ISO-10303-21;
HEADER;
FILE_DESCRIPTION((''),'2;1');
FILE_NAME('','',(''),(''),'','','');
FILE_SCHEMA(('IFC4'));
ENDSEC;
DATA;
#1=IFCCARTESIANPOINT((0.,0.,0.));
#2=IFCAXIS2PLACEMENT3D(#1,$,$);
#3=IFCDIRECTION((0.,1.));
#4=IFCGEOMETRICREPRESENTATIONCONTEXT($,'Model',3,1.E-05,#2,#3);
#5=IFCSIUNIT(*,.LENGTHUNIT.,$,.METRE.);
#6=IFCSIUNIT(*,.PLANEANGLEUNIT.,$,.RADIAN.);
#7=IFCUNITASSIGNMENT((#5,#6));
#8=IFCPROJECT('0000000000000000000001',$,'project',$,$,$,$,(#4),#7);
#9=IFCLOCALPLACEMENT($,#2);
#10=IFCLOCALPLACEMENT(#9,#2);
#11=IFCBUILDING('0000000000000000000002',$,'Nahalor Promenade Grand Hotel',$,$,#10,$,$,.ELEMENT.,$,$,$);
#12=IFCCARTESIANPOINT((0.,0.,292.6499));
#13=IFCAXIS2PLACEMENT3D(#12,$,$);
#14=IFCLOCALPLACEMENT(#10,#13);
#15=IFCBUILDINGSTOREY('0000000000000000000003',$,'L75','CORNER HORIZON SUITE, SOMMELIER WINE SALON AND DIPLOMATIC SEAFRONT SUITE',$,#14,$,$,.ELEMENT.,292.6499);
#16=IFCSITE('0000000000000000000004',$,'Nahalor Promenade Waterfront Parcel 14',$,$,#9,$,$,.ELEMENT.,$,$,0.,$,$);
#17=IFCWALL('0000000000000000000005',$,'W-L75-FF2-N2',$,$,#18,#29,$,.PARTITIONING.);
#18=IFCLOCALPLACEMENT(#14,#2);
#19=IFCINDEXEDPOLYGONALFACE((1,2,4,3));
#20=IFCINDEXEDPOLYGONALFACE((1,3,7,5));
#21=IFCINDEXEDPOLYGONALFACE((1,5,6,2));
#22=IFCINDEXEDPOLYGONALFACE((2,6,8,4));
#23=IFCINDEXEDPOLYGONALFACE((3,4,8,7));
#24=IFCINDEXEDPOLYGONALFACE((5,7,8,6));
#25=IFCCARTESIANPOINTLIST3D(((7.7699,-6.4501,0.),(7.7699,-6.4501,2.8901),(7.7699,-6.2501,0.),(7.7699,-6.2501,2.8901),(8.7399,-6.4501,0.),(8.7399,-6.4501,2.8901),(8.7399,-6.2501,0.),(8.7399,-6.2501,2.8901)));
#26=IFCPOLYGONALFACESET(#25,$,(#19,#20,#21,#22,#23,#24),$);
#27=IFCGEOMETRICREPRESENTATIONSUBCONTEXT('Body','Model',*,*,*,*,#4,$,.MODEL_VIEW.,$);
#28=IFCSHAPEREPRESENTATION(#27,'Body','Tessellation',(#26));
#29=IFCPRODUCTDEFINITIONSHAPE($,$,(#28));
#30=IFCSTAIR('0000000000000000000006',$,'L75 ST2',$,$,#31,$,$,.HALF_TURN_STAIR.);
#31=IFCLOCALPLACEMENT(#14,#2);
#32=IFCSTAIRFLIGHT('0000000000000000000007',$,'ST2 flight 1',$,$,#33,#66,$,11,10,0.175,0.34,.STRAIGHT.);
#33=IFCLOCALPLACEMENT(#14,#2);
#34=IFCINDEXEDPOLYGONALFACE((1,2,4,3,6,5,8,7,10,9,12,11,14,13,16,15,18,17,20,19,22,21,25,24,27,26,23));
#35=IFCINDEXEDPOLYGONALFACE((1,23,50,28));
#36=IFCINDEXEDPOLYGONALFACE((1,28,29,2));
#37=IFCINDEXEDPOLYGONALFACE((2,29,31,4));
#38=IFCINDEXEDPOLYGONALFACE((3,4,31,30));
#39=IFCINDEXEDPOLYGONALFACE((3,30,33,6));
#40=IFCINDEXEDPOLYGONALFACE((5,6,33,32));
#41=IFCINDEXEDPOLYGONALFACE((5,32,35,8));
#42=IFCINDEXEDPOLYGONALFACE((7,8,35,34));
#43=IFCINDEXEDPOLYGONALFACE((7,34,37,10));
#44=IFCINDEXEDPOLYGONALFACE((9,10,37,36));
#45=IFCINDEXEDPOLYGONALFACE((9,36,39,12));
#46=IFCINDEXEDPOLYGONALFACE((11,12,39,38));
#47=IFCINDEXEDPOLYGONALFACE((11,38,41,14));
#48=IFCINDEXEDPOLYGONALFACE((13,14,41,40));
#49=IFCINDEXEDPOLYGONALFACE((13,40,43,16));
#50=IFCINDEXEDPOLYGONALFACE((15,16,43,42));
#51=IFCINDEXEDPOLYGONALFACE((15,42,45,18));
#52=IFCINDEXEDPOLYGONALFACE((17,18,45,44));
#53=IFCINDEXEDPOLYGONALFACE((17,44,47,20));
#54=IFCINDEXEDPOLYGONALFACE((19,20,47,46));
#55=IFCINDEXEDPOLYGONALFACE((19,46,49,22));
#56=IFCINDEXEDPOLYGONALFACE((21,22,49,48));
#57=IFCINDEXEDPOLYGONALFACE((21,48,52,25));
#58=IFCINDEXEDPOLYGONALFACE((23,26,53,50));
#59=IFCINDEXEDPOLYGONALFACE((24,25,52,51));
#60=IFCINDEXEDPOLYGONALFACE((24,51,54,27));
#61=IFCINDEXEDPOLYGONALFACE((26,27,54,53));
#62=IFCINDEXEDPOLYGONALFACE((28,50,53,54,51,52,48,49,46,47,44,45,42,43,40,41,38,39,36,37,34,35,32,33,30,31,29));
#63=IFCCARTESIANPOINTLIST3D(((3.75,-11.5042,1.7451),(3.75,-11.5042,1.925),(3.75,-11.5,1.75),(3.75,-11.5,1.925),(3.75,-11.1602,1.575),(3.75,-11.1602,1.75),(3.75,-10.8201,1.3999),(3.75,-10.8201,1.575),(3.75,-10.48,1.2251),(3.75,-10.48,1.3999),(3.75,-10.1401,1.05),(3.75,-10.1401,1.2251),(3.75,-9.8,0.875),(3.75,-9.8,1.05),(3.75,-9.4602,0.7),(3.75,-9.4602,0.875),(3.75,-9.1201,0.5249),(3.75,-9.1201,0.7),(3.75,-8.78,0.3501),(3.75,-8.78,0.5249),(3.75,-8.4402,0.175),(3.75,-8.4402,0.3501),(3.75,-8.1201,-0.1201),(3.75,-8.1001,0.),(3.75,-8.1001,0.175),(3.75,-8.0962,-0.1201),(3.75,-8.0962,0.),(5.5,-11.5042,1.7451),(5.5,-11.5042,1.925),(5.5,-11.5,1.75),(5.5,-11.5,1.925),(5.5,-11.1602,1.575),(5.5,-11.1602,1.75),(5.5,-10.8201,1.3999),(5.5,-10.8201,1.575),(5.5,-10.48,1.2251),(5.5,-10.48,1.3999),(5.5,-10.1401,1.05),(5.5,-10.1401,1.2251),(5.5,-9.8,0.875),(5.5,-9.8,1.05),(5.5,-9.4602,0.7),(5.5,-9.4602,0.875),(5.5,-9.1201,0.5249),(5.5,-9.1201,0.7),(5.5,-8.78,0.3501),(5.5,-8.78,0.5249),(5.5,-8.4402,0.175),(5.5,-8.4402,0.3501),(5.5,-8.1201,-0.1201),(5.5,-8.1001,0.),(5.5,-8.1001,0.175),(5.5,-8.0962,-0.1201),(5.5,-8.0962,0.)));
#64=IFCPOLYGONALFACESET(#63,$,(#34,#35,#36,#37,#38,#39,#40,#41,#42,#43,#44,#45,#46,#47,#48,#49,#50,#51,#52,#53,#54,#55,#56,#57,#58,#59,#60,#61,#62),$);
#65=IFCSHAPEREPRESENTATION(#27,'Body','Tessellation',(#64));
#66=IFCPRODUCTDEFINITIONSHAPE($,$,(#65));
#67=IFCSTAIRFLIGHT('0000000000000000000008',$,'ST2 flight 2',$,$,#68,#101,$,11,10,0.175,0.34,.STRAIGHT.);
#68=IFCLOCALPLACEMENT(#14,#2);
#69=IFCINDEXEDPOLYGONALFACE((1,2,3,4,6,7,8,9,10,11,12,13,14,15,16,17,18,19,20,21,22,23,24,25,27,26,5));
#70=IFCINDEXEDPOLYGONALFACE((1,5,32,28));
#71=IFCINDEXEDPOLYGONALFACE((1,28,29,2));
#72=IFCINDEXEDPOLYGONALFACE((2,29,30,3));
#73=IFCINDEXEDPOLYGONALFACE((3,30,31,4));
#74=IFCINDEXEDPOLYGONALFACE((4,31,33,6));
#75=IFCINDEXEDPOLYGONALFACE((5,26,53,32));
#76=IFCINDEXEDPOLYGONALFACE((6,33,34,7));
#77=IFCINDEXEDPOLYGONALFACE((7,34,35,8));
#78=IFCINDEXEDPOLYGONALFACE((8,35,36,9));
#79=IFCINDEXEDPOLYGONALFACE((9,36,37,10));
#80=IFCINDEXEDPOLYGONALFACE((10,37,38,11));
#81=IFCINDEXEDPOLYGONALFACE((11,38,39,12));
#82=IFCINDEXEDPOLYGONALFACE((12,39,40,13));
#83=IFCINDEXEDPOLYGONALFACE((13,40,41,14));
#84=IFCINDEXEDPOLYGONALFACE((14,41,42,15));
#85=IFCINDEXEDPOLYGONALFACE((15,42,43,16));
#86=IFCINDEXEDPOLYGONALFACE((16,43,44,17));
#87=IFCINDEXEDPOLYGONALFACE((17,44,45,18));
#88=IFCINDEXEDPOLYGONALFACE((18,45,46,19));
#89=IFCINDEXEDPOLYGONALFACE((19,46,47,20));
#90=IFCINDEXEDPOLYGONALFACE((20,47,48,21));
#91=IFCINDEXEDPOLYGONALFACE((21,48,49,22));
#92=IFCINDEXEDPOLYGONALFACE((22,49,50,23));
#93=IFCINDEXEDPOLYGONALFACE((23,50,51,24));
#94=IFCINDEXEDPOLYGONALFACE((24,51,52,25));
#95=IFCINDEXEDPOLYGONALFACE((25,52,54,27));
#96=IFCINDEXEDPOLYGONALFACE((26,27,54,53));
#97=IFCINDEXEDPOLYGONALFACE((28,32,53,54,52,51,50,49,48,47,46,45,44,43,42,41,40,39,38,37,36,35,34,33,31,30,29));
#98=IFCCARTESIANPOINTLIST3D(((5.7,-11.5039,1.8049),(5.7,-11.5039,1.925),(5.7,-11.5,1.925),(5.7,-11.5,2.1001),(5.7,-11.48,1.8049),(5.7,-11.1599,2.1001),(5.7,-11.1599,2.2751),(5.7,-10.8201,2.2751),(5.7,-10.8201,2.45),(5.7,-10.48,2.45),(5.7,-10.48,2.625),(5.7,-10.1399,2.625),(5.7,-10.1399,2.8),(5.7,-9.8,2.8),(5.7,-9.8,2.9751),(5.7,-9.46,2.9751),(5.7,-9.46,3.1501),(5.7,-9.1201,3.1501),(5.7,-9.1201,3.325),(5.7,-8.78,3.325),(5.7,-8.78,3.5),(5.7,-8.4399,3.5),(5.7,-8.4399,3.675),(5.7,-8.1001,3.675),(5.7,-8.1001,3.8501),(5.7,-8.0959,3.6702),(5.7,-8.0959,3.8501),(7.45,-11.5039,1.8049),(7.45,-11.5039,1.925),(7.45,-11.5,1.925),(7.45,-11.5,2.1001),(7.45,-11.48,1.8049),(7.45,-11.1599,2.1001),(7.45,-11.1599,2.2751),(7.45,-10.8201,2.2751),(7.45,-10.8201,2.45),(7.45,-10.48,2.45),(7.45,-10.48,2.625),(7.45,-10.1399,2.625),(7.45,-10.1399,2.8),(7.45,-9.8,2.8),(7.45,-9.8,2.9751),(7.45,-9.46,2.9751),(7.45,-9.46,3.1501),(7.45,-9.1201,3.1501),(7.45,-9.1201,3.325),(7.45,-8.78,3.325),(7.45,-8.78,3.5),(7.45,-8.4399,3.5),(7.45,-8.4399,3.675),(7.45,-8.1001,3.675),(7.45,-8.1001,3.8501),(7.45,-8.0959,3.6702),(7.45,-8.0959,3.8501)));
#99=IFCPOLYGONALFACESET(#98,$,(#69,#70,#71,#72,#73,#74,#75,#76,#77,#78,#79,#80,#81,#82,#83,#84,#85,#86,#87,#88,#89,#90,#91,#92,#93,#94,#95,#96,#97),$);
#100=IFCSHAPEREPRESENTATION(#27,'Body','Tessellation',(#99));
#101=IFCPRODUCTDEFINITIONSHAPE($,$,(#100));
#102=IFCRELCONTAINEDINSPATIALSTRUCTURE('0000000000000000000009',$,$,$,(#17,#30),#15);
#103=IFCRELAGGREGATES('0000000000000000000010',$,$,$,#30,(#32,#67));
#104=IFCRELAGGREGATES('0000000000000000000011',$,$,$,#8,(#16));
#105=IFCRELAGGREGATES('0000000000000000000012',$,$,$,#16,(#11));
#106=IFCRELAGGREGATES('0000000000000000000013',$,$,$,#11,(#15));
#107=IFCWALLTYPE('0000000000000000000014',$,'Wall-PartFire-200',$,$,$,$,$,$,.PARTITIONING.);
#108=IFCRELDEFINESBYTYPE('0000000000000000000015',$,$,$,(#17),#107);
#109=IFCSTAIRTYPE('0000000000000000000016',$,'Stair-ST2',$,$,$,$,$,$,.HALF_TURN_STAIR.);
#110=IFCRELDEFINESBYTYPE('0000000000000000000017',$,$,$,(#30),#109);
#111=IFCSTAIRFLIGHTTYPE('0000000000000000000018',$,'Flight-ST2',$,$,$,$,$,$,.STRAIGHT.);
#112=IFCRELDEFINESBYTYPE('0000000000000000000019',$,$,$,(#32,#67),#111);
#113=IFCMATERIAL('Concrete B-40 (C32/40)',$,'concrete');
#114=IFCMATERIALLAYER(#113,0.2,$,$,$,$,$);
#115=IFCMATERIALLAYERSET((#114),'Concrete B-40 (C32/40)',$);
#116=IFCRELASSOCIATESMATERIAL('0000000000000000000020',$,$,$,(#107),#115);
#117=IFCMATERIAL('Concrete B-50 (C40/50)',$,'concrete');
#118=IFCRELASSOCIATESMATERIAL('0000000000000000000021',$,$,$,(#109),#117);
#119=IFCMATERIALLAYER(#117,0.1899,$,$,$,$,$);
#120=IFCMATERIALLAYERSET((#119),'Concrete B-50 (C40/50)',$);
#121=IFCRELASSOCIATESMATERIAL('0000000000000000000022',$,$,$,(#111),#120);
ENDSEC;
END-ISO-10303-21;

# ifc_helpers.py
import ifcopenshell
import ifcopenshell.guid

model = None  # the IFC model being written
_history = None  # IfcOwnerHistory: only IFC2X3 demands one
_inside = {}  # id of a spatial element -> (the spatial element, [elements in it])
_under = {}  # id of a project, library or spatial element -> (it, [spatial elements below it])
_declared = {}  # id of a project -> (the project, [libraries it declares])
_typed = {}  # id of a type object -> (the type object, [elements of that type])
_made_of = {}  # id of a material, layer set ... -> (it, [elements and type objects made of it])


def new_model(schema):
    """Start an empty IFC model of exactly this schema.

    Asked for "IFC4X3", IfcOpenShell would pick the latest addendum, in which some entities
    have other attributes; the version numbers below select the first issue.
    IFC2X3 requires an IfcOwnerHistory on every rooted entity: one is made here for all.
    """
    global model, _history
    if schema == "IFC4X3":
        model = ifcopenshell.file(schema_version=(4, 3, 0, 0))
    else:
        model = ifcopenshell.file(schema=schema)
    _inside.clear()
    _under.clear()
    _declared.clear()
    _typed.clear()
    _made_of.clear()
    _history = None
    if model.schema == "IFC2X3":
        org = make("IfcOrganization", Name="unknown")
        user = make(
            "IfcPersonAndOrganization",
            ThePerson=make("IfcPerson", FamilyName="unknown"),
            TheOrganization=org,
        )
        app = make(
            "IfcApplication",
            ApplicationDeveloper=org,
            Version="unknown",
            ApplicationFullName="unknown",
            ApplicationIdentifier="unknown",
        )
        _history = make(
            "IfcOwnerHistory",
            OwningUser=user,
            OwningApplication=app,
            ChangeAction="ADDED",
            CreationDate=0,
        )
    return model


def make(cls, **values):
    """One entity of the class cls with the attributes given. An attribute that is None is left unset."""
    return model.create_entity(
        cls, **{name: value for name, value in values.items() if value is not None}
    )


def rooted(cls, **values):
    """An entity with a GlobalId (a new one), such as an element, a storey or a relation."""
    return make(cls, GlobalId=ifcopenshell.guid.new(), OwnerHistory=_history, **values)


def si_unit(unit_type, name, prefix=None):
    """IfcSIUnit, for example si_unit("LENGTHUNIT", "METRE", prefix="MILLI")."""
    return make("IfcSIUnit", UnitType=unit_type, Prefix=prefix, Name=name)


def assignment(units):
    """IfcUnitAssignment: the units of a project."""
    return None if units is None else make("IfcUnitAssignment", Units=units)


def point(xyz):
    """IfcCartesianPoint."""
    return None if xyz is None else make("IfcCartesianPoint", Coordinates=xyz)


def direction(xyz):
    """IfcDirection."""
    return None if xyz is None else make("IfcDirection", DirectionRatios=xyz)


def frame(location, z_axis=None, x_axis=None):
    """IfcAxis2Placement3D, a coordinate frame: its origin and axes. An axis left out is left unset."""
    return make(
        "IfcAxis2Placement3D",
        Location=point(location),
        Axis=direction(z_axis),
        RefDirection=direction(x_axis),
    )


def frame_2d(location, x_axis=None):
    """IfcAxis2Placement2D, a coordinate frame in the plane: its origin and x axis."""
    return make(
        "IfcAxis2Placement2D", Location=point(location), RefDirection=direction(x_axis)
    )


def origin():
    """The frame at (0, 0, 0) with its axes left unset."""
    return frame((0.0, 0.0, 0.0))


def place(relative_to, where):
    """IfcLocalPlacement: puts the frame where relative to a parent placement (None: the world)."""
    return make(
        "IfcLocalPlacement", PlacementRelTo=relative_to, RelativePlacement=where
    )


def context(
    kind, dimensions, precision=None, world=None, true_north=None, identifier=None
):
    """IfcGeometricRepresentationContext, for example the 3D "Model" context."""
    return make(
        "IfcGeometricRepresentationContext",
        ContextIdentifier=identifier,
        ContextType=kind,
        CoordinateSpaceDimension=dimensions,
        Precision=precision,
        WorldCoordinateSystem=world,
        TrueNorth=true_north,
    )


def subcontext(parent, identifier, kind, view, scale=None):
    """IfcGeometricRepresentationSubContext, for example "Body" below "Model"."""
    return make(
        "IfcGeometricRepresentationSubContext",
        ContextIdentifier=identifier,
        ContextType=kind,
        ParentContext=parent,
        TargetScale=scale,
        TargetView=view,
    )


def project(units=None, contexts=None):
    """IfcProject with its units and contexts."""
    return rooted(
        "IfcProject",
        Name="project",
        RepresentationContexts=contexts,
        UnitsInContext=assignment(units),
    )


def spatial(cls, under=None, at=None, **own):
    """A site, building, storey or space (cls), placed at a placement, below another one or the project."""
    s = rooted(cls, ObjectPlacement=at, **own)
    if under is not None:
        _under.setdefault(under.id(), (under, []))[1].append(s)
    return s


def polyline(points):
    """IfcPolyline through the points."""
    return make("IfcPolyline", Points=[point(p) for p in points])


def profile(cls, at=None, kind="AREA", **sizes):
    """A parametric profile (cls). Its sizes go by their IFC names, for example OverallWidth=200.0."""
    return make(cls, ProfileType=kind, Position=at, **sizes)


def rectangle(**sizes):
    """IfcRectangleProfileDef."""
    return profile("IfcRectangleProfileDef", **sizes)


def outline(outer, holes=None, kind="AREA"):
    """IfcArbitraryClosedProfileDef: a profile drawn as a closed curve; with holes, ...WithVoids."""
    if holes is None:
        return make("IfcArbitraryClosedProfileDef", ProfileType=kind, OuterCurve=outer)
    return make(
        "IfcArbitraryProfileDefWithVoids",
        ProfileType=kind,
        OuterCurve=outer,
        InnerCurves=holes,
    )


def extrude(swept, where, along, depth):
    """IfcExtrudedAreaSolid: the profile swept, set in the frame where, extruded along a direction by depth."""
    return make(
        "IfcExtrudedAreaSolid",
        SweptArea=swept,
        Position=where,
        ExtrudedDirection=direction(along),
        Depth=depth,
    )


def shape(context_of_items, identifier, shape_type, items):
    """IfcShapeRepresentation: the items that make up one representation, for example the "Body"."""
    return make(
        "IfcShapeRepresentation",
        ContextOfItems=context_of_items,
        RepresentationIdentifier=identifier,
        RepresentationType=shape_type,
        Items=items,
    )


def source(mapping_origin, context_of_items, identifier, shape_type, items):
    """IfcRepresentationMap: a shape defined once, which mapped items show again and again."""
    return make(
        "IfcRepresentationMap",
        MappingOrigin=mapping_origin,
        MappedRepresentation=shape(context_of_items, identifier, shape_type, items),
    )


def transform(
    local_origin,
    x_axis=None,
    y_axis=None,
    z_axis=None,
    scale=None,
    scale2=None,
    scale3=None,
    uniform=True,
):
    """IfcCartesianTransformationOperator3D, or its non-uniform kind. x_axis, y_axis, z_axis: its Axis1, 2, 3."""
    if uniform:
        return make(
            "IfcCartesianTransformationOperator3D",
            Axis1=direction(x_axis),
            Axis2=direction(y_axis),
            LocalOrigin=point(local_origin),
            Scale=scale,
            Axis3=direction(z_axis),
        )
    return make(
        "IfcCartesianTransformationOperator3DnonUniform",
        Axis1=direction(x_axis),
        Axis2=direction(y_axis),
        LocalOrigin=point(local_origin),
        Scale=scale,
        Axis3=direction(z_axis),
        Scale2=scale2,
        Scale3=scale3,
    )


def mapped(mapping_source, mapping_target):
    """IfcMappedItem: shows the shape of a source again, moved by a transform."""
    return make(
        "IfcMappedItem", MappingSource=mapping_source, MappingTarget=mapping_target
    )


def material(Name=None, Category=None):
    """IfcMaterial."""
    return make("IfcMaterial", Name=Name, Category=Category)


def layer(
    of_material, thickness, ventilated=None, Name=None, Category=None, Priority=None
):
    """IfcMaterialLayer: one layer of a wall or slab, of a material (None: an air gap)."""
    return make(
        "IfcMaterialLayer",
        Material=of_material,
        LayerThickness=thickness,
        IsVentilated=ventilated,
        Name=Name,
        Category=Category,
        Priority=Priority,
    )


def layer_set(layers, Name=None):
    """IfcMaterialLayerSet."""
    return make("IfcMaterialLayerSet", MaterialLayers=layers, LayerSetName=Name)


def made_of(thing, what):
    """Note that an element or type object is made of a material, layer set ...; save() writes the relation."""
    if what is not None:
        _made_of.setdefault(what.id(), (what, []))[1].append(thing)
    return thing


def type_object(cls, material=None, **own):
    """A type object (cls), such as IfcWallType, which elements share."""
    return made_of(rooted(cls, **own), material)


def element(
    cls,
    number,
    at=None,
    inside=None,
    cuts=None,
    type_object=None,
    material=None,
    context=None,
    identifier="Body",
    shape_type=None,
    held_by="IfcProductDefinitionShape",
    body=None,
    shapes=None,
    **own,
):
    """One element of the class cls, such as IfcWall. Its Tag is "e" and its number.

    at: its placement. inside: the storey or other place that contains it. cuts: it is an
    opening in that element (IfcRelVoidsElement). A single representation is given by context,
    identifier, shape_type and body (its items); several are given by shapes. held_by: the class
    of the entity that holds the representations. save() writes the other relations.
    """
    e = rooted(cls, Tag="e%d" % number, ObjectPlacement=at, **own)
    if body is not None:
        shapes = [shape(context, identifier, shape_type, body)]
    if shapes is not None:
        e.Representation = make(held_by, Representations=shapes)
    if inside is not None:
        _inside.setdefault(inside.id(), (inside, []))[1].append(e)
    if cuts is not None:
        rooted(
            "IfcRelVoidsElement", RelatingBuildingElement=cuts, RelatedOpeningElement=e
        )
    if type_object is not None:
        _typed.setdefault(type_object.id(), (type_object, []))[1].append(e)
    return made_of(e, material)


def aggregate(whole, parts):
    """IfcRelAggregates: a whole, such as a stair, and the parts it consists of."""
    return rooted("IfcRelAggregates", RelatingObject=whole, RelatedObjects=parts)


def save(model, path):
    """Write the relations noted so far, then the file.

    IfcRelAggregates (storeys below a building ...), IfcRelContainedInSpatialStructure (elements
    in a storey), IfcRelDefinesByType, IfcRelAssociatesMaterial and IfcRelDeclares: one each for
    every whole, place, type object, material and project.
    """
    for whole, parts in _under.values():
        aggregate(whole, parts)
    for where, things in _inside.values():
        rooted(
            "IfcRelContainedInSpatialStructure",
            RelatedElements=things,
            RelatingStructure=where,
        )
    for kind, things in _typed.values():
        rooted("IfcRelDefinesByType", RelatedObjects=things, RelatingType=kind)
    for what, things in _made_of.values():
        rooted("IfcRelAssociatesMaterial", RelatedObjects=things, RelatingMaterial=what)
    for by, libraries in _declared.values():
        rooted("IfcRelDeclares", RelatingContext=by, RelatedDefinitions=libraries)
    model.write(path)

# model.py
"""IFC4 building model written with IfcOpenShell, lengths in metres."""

from ifc_helpers import new_model, si_unit, direction, frame, frame_2d, origin, place, context, subcontext, project, spatial, polyline, rectangle, outline, extrude, source, transform, mapped, material, layer, layer_set, type_object, element, aggregate, save


model = new_model("IFC4")

# Units and contexts
model_context = context("Model", 3, precision=1e-05, world=origin(), true_north=direction((0.0, 1.0)))
body_context = subcontext(model_context, "Body", "Model", "MODEL_VIEW")
ifc_project = project(units=[si_unit("LENGTHUNIT", "METRE"), si_unit("PLANEANGLEUNIT", "RADIAN")], contexts=[model_context])

# Site, building, storey
site_placement = place(None, origin())
site = spatial("IfcSite", under=ifc_project, at=site_placement, Name="Nahalor Promenade Waterfront Parcel 14", CompositionType="ELEMENT", RefElevation=0.0)
building_placement = place(site_placement, origin())
building = spatial("IfcBuilding", under=site, at=building_placement, Name="Nahalor Promenade Grand Hotel", CompositionType="ELEMENT")
storey_placement = place(building_placement, frame((0.0, 0.0, 292.6499)))
storey = spatial("IfcBuildingStorey", under=building, at=storey_placement, Name="L75", Description="CORNER HORIZON SUITE, SOMMELIER WINE SALON AND DIPLOMATIC SEAFRONT SUITE", CompositionType="ELEMENT", Elevation=292.6499)

# Shared definitions
ifc_material_1 = material(Name="Concrete B-50 (C40/50)", Category="concrete")

# Shared definitions
ifc_material_2 = material(Name="Concrete B-40 (C32/40)", Category="concrete")
ifc_layer_1 = layer(ifc_material_2, 0.2)
ifc_layer_set_1 = layer_set([ifc_layer_1], Name="Concrete B-40 (C32/40)")
wall_type_1 = type_object("IfcWallType", Name="Wall-PartFire-200", PredefinedType="PARTITIONING", material=ifc_layer_set_1)

# Wall
shared_shape_1 = source(origin(), body_context, "Body", "SweptSolid", [
    extrude(rectangle(XDim=0.97, YDim=0.2, at=frame_2d((0.4849, 0.0))), origin(), (0.0, 0.0, 1.0), 2.8901),
])
wall_1_placement = place(storey_placement, frame((7.77, -6.3501, 0.0), z_axis=(0.0, 0.0, 1.0), x_axis=(1.0, 0.0, 0.0)))
element("IfcWall", 1, at=wall_1_placement, inside=storey, type_object=wall_type_1, Name="W-L75-FF2-N2", PredefinedType="PARTITIONING", context=body_context, shape_type="MappedRepresentation", body=[
    mapped(shared_shape_1, transform((0.0, 0.0, 0.0), scale=1.0)),
])

# Stair, stair flights
stair_type = type_object("IfcStairType", Name="Stair-ST2", PredefinedType="HALF_TURN_STAIR", material=ifc_material_1)
stair_placement = place(storey_placement, origin())
stair = element("IfcStair", 2, at=stair_placement, inside=storey, type_object=stair_type, Name="L75 ST2", PredefinedType="HALF_TURN_STAIR")
ifc_layer_2 = layer(ifc_material_1, 0.1899)
ifc_layer_set_2 = layer_set([ifc_layer_2], Name="Concrete B-50 (C40/50)")
stair_flight_type = type_object("IfcStairFlightType", Name="Flight-ST2", PredefinedType="STRAIGHT", material=ifc_layer_set_2)
shared_shape_2 = source(origin(), body_context, "Body", "SweptSolid", [
    extrude(outline(polyline([(-0.0039, -0.1201), (-0.0039, 0.0), (0.0, 0.0), (0.0, 0.175), (0.3401, 0.175), (0.3401, 0.3501), (0.6799, 0.3501), (0.6799, 0.5249), (1.02, 0.5249), (1.02, 0.7), (1.3601, 0.7), (1.3601, 0.875), (1.7, 0.875), (1.7, 1.05), (2.04, 1.05), (2.04, 1.2251), (2.3799, 1.2251), (2.3799, 1.3999), (2.72, 1.3999), (2.72, 1.575), (3.0601, 1.575), (3.0601, 1.75), (3.3999, 1.75), (3.3999, 1.925), (3.4041, 1.925), (3.4041, 1.7451), (0.02, -0.1201), (-0.0039, -0.1201)])), frame((0.0, 0.875, 0.0), z_axis=(0.0, -1.0, 0.0), x_axis=(1.0, 0.0, 0.0)), (0.0, 0.0, 1.0), 1.75),
])
stair_flight_1_placement = place(storey_placement, frame((4.625, -8.1001, 0.0), z_axis=(0.0, 0.0, 1.0), x_axis=(0.0, -1.0, 0.0)))
stair_flight_1 = element("IfcStairFlight", 3, at=stair_flight_1_placement, type_object=stair_flight_type, Name="ST2 flight 1", NumberOfRisers=11, NumberOfTreads=10, PredefinedType="STRAIGHT", RiserHeight=0.175, TreadLength=0.34, context=body_context, shape_type="MappedRepresentation", body=[
    mapped(shared_shape_2, transform((0.0, 0.0, 0.0), scale=1.0)),
])
stair_flight_2_placement = place(storey_placement, frame((6.575, -11.5, 1.925), z_axis=(0.0, 0.0, 1.0), x_axis=(0.0, 1.0, 0.0)))
stair_flight_2 = element("IfcStairFlight", 4, at=stair_flight_2_placement, type_object=stair_flight_type, Name="ST2 flight 2", NumberOfRisers=11, NumberOfTreads=10, PredefinedType="STRAIGHT", RiserHeight=0.175, TreadLength=0.34, context=body_context, shape_type="MappedRepresentation", body=[
    mapped(shared_shape_2, transform((0.0, 0.0, 0.0), scale=1.0)),
])
aggregate(stair, [stair_flight_1, stair_flight_2])

save(model, "model.ifc")
